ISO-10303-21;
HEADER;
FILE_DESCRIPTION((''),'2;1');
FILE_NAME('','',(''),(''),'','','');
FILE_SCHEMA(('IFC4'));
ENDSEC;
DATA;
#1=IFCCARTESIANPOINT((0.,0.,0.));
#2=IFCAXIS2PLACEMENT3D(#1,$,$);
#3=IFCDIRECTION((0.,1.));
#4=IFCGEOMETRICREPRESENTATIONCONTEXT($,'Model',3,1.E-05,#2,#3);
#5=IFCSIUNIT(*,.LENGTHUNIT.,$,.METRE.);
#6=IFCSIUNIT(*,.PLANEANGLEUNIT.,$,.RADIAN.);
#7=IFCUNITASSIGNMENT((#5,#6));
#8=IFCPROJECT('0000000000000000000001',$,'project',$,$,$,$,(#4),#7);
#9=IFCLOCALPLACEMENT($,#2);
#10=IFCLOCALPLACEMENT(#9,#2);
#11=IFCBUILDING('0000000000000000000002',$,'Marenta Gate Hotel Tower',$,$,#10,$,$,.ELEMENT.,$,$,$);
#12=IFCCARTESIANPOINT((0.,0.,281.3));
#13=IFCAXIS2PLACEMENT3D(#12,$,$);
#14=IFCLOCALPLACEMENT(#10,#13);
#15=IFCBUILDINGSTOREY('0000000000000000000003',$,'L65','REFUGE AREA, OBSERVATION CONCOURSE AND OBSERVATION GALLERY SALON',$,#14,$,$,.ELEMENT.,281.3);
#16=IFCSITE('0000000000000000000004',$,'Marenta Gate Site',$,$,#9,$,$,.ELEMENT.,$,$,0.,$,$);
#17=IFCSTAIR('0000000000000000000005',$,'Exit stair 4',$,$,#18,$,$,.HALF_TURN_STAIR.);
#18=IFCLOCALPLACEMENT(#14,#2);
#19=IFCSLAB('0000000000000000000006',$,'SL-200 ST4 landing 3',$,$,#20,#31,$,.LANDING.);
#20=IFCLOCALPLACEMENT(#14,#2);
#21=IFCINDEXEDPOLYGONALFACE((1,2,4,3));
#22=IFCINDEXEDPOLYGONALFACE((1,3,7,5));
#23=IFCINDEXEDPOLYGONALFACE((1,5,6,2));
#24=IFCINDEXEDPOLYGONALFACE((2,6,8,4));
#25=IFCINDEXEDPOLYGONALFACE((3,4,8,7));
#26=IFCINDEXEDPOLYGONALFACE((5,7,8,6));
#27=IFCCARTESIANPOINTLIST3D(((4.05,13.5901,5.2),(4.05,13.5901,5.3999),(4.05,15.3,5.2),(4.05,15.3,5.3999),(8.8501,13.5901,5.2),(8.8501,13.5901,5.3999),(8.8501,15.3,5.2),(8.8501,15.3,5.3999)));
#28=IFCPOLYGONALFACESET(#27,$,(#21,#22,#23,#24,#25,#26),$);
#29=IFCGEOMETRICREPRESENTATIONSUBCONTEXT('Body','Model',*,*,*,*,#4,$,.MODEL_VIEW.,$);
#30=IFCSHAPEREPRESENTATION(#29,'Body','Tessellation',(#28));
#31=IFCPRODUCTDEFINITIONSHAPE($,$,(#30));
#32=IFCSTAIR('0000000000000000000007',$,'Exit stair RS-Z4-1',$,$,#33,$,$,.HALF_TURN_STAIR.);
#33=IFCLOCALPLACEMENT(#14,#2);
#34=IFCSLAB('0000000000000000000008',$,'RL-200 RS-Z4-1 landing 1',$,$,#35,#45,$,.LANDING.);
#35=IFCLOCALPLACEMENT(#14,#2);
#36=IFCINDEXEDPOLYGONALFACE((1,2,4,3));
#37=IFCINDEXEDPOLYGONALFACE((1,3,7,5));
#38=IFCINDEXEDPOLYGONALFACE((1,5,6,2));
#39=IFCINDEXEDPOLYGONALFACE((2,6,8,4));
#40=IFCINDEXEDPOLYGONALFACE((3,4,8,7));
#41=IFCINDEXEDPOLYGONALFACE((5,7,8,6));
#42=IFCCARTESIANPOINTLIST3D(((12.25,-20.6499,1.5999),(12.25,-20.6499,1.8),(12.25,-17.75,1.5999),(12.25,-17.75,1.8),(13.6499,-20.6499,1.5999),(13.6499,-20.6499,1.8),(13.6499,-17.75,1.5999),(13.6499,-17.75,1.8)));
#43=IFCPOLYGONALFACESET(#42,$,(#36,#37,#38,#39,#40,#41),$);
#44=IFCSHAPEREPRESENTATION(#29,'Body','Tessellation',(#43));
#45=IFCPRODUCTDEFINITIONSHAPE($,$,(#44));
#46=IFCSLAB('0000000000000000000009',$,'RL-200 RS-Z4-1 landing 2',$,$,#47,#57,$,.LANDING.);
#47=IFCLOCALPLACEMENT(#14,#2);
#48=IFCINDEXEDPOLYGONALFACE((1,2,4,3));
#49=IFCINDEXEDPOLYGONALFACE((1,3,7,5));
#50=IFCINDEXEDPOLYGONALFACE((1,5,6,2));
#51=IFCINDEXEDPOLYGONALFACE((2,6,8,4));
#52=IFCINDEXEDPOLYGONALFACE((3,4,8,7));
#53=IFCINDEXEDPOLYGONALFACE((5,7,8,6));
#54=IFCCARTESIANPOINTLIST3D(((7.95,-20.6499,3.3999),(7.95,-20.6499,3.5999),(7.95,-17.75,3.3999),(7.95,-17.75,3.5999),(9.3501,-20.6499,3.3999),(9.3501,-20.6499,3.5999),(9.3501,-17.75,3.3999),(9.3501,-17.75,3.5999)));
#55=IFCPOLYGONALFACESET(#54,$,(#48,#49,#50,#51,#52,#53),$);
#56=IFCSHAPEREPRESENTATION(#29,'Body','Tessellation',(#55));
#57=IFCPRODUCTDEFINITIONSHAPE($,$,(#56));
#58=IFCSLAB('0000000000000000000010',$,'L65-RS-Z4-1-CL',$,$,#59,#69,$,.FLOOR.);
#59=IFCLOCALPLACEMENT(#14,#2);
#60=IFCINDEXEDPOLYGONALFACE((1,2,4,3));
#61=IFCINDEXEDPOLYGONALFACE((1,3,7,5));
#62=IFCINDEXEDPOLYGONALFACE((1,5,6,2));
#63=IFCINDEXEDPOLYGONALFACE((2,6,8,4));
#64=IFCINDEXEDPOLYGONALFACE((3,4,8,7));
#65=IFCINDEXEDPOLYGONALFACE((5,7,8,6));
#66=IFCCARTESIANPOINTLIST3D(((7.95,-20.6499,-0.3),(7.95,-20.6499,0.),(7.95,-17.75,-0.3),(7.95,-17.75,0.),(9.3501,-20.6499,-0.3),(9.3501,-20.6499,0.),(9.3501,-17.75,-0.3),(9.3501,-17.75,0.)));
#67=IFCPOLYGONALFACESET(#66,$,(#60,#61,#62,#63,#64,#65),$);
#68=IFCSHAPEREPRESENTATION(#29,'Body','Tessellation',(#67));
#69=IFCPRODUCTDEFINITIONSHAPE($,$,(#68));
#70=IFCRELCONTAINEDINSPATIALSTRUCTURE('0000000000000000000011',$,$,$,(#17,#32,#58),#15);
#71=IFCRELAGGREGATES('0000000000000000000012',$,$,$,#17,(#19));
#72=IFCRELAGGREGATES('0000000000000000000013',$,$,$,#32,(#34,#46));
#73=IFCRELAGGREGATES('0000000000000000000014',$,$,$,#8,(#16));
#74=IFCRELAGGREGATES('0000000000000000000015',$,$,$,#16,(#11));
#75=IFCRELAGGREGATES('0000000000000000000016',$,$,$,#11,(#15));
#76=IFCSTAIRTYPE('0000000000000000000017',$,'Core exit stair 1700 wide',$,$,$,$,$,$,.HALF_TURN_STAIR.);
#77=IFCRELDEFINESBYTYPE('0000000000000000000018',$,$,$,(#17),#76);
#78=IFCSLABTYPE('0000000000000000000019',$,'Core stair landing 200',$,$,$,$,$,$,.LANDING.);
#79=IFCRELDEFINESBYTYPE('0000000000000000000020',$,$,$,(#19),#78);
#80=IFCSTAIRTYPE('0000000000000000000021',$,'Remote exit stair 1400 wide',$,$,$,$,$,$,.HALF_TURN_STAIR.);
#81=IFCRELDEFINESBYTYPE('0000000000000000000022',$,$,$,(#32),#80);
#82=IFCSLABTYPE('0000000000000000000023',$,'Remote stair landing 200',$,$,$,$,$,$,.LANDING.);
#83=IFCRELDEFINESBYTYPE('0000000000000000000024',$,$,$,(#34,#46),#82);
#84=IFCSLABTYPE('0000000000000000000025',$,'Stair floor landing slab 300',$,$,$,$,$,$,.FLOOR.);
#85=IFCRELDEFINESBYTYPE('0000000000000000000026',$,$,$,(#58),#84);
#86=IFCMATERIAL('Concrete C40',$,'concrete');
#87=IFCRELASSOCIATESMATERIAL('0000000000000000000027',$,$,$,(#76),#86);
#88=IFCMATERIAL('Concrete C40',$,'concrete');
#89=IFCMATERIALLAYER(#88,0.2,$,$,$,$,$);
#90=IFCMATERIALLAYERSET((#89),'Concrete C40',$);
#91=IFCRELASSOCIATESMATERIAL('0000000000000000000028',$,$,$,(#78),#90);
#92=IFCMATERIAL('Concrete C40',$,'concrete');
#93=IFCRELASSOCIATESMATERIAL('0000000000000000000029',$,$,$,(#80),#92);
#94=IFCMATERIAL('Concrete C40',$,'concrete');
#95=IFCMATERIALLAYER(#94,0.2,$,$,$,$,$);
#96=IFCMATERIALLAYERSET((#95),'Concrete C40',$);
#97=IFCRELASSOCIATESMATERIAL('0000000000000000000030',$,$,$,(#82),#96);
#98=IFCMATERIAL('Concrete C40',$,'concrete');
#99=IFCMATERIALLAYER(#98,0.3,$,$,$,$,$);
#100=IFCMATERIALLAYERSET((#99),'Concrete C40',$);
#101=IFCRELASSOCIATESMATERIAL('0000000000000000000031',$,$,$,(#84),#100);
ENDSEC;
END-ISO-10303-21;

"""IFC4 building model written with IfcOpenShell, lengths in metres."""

from ifc_helpers import new_model, si_unit, direction, frame, origin, place, context, subcontext, project, spatial, polyline, outline, extrude, material, layer, layer_set, type_object, element, aggregate, save


model = new_model("IFC4")

# Units and contexts
model_context = context("Model", 3, precision=1e-05, world=origin(), true_north=direction((0.0, 1.0)))
body_context = subcontext(model_context, "Body", "Model", "MODEL_VIEW")
ifc_project = project(units=[si_unit("LENGTHUNIT", "METRE"), si_unit("PLANEANGLEUNIT", "RADIAN")], contexts=[model_context])

# Site, building, storey
site_placement = place(None, origin())
site = spatial("IfcSite", under=ifc_project, at=site_placement, Name="Marenta Gate Site", CompositionType="ELEMENT", RefElevation=0.0)
building_placement = place(site_placement, origin())
building = spatial("IfcBuilding", under=site, at=building_placement, Name="Marenta Gate Hotel Tower", CompositionType="ELEMENT")
storey_placement = place(building_placement, frame((0.0, 0.0, 281.3)))
storey = spatial("IfcBuildingStorey", under=building, at=storey_placement, Name="L65", Description="REFUGE AREA, OBSERVATION CONCOURSE AND OBSERVATION GALLERY SALON", CompositionType="ELEMENT", Elevation=281.3)

# Stairs, slabs
ifc_material_1 = material(Name="Concrete C40", Category="concrete")
stair_type_1 = type_object("IfcStairType", Name="Core exit stair 1700 wide", PredefinedType="HALF_TURN_STAIR", material=ifc_material_1)
ifc_material_2 = material(Name="Concrete C40", Category="concrete")
ifc_layer_1 = layer(ifc_material_2, 0.2)
ifc_layer_set_1 = layer_set([ifc_layer_1], Name="Concrete C40")
slab_type_1 = type_object("IfcSlabType", Name="Core stair landing 200", PredefinedType="LANDING", material=ifc_layer_set_1)
stair_1_placement = place(storey_placement, origin())
stair_1 = element("IfcStair", 1, at=stair_1_placement, inside=storey, type_object=stair_type_1, Name="Exit stair 4", PredefinedType="HALF_TURN_STAIR")
slab_1_placement = place(storey_placement, frame((0.0, 0.0, 5.2)))
slab_1 = element("IfcSlab", 2, at=slab_1_placement, type_object=slab_type_1, Name="SL-200 ST4 landing 3", PredefinedType="LANDING", context=body_context, shape_type="SweptSolid", body=[
    extrude(outline(polyline([(4.05, 13.5901), (8.8501, 13.5901), (8.8501, 15.3), (4.05, 15.3), (4.05, 13.5901)])), origin(), (0.0, 0.0, 1.0), 0.2),
])
aggregate(stair_1, [slab_1])
ifc_material_3 = material(Name="Concrete C40", Category="concrete")
stair_type_2 = type_object("IfcStairType", Name="Remote exit stair 1400 wide", PredefinedType="HALF_TURN_STAIR", material=ifc_material_3)
stair_2_placement = place(storey_placement, origin())
stair_2 = element("IfcStair", 3, at=stair_2_placement, inside=storey, type_object=stair_type_2, Name="Exit stair RS-Z4-1", PredefinedType="HALF_TURN_STAIR")
ifc_material_4 = material(Name="Concrete C40", Category="concrete")
ifc_layer_2 = layer(ifc_material_4, 0.2)
ifc_layer_set_2 = layer_set([ifc_layer_2], Name="Concrete C40")
slab_type_2 = type_object("IfcSlabType", Name="Remote stair landing 200", PredefinedType="LANDING", material=ifc_layer_set_2)
slab_2_placement = place(storey_placement, frame((0.0, 0.0, 1.5999)))
slab_2 = element("IfcSlab", 4, at=slab_2_placement, type_object=slab_type_2, Name="RL-200 RS-Z4-1 landing 1", PredefinedType="LANDING", context=body_context, shape_type="SweptSolid", body=[
    extrude(outline(polyline([(12.25, -20.6499), (13.6499, -20.6499), (13.6499, -17.75), (12.25, -17.75), (12.25, -20.6499)])), origin(), (0.0, 0.0, 1.0), 0.2002),
])
slab_3_placement = place(storey_placement, frame((0.0, 0.0, 3.3999)))
slab_3 = element("IfcSlab", 5, at=slab_3_placement, type_object=slab_type_2, Name="RL-200 RS-Z4-1 landing 2", PredefinedType="LANDING", context=body_context, shape_type="SweptSolid", body=[
    extrude(outline(polyline([(7.95, -20.6499), (9.3501, -20.6499), (9.3501, -17.75), (7.95, -17.75), (7.95, -20.6499)])), origin(), (0.0, 0.0, 1.0), 0.2),
])
aggregate(stair_2, [slab_2, slab_3])

# Slab
ifc_material_5 = material(Name="Concrete C40", Category="concrete")
ifc_layer_3 = layer(ifc_material_5, 0.3)
ifc_layer_set_3 = layer_set([ifc_layer_3], Name="Concrete C40")
slab_type_3 = type_object("IfcSlabType", Name="Stair floor landing slab 300", PredefinedType="FLOOR", material=ifc_layer_set_3)
slab_4_placement = place(storey_placement, frame((0.0, 0.0, -0.3)))
element("IfcSlab", 6, at=slab_4_placement, inside=storey, type_object=slab_type_3, Name="L65-RS-Z4-1-CL", PredefinedType="FLOOR", context=body_context, shape_type="SweptSolid", body=[
    extrude(outline(polyline([(9.3501, -20.6499), (9.3501, -17.75), (7.95, -17.75), (7.95, -20.6499), (9.3501, -20.6499)])), origin(), (0.0, 0.0, 1.0), 0.3),
])

save(model, "model.ifc")
